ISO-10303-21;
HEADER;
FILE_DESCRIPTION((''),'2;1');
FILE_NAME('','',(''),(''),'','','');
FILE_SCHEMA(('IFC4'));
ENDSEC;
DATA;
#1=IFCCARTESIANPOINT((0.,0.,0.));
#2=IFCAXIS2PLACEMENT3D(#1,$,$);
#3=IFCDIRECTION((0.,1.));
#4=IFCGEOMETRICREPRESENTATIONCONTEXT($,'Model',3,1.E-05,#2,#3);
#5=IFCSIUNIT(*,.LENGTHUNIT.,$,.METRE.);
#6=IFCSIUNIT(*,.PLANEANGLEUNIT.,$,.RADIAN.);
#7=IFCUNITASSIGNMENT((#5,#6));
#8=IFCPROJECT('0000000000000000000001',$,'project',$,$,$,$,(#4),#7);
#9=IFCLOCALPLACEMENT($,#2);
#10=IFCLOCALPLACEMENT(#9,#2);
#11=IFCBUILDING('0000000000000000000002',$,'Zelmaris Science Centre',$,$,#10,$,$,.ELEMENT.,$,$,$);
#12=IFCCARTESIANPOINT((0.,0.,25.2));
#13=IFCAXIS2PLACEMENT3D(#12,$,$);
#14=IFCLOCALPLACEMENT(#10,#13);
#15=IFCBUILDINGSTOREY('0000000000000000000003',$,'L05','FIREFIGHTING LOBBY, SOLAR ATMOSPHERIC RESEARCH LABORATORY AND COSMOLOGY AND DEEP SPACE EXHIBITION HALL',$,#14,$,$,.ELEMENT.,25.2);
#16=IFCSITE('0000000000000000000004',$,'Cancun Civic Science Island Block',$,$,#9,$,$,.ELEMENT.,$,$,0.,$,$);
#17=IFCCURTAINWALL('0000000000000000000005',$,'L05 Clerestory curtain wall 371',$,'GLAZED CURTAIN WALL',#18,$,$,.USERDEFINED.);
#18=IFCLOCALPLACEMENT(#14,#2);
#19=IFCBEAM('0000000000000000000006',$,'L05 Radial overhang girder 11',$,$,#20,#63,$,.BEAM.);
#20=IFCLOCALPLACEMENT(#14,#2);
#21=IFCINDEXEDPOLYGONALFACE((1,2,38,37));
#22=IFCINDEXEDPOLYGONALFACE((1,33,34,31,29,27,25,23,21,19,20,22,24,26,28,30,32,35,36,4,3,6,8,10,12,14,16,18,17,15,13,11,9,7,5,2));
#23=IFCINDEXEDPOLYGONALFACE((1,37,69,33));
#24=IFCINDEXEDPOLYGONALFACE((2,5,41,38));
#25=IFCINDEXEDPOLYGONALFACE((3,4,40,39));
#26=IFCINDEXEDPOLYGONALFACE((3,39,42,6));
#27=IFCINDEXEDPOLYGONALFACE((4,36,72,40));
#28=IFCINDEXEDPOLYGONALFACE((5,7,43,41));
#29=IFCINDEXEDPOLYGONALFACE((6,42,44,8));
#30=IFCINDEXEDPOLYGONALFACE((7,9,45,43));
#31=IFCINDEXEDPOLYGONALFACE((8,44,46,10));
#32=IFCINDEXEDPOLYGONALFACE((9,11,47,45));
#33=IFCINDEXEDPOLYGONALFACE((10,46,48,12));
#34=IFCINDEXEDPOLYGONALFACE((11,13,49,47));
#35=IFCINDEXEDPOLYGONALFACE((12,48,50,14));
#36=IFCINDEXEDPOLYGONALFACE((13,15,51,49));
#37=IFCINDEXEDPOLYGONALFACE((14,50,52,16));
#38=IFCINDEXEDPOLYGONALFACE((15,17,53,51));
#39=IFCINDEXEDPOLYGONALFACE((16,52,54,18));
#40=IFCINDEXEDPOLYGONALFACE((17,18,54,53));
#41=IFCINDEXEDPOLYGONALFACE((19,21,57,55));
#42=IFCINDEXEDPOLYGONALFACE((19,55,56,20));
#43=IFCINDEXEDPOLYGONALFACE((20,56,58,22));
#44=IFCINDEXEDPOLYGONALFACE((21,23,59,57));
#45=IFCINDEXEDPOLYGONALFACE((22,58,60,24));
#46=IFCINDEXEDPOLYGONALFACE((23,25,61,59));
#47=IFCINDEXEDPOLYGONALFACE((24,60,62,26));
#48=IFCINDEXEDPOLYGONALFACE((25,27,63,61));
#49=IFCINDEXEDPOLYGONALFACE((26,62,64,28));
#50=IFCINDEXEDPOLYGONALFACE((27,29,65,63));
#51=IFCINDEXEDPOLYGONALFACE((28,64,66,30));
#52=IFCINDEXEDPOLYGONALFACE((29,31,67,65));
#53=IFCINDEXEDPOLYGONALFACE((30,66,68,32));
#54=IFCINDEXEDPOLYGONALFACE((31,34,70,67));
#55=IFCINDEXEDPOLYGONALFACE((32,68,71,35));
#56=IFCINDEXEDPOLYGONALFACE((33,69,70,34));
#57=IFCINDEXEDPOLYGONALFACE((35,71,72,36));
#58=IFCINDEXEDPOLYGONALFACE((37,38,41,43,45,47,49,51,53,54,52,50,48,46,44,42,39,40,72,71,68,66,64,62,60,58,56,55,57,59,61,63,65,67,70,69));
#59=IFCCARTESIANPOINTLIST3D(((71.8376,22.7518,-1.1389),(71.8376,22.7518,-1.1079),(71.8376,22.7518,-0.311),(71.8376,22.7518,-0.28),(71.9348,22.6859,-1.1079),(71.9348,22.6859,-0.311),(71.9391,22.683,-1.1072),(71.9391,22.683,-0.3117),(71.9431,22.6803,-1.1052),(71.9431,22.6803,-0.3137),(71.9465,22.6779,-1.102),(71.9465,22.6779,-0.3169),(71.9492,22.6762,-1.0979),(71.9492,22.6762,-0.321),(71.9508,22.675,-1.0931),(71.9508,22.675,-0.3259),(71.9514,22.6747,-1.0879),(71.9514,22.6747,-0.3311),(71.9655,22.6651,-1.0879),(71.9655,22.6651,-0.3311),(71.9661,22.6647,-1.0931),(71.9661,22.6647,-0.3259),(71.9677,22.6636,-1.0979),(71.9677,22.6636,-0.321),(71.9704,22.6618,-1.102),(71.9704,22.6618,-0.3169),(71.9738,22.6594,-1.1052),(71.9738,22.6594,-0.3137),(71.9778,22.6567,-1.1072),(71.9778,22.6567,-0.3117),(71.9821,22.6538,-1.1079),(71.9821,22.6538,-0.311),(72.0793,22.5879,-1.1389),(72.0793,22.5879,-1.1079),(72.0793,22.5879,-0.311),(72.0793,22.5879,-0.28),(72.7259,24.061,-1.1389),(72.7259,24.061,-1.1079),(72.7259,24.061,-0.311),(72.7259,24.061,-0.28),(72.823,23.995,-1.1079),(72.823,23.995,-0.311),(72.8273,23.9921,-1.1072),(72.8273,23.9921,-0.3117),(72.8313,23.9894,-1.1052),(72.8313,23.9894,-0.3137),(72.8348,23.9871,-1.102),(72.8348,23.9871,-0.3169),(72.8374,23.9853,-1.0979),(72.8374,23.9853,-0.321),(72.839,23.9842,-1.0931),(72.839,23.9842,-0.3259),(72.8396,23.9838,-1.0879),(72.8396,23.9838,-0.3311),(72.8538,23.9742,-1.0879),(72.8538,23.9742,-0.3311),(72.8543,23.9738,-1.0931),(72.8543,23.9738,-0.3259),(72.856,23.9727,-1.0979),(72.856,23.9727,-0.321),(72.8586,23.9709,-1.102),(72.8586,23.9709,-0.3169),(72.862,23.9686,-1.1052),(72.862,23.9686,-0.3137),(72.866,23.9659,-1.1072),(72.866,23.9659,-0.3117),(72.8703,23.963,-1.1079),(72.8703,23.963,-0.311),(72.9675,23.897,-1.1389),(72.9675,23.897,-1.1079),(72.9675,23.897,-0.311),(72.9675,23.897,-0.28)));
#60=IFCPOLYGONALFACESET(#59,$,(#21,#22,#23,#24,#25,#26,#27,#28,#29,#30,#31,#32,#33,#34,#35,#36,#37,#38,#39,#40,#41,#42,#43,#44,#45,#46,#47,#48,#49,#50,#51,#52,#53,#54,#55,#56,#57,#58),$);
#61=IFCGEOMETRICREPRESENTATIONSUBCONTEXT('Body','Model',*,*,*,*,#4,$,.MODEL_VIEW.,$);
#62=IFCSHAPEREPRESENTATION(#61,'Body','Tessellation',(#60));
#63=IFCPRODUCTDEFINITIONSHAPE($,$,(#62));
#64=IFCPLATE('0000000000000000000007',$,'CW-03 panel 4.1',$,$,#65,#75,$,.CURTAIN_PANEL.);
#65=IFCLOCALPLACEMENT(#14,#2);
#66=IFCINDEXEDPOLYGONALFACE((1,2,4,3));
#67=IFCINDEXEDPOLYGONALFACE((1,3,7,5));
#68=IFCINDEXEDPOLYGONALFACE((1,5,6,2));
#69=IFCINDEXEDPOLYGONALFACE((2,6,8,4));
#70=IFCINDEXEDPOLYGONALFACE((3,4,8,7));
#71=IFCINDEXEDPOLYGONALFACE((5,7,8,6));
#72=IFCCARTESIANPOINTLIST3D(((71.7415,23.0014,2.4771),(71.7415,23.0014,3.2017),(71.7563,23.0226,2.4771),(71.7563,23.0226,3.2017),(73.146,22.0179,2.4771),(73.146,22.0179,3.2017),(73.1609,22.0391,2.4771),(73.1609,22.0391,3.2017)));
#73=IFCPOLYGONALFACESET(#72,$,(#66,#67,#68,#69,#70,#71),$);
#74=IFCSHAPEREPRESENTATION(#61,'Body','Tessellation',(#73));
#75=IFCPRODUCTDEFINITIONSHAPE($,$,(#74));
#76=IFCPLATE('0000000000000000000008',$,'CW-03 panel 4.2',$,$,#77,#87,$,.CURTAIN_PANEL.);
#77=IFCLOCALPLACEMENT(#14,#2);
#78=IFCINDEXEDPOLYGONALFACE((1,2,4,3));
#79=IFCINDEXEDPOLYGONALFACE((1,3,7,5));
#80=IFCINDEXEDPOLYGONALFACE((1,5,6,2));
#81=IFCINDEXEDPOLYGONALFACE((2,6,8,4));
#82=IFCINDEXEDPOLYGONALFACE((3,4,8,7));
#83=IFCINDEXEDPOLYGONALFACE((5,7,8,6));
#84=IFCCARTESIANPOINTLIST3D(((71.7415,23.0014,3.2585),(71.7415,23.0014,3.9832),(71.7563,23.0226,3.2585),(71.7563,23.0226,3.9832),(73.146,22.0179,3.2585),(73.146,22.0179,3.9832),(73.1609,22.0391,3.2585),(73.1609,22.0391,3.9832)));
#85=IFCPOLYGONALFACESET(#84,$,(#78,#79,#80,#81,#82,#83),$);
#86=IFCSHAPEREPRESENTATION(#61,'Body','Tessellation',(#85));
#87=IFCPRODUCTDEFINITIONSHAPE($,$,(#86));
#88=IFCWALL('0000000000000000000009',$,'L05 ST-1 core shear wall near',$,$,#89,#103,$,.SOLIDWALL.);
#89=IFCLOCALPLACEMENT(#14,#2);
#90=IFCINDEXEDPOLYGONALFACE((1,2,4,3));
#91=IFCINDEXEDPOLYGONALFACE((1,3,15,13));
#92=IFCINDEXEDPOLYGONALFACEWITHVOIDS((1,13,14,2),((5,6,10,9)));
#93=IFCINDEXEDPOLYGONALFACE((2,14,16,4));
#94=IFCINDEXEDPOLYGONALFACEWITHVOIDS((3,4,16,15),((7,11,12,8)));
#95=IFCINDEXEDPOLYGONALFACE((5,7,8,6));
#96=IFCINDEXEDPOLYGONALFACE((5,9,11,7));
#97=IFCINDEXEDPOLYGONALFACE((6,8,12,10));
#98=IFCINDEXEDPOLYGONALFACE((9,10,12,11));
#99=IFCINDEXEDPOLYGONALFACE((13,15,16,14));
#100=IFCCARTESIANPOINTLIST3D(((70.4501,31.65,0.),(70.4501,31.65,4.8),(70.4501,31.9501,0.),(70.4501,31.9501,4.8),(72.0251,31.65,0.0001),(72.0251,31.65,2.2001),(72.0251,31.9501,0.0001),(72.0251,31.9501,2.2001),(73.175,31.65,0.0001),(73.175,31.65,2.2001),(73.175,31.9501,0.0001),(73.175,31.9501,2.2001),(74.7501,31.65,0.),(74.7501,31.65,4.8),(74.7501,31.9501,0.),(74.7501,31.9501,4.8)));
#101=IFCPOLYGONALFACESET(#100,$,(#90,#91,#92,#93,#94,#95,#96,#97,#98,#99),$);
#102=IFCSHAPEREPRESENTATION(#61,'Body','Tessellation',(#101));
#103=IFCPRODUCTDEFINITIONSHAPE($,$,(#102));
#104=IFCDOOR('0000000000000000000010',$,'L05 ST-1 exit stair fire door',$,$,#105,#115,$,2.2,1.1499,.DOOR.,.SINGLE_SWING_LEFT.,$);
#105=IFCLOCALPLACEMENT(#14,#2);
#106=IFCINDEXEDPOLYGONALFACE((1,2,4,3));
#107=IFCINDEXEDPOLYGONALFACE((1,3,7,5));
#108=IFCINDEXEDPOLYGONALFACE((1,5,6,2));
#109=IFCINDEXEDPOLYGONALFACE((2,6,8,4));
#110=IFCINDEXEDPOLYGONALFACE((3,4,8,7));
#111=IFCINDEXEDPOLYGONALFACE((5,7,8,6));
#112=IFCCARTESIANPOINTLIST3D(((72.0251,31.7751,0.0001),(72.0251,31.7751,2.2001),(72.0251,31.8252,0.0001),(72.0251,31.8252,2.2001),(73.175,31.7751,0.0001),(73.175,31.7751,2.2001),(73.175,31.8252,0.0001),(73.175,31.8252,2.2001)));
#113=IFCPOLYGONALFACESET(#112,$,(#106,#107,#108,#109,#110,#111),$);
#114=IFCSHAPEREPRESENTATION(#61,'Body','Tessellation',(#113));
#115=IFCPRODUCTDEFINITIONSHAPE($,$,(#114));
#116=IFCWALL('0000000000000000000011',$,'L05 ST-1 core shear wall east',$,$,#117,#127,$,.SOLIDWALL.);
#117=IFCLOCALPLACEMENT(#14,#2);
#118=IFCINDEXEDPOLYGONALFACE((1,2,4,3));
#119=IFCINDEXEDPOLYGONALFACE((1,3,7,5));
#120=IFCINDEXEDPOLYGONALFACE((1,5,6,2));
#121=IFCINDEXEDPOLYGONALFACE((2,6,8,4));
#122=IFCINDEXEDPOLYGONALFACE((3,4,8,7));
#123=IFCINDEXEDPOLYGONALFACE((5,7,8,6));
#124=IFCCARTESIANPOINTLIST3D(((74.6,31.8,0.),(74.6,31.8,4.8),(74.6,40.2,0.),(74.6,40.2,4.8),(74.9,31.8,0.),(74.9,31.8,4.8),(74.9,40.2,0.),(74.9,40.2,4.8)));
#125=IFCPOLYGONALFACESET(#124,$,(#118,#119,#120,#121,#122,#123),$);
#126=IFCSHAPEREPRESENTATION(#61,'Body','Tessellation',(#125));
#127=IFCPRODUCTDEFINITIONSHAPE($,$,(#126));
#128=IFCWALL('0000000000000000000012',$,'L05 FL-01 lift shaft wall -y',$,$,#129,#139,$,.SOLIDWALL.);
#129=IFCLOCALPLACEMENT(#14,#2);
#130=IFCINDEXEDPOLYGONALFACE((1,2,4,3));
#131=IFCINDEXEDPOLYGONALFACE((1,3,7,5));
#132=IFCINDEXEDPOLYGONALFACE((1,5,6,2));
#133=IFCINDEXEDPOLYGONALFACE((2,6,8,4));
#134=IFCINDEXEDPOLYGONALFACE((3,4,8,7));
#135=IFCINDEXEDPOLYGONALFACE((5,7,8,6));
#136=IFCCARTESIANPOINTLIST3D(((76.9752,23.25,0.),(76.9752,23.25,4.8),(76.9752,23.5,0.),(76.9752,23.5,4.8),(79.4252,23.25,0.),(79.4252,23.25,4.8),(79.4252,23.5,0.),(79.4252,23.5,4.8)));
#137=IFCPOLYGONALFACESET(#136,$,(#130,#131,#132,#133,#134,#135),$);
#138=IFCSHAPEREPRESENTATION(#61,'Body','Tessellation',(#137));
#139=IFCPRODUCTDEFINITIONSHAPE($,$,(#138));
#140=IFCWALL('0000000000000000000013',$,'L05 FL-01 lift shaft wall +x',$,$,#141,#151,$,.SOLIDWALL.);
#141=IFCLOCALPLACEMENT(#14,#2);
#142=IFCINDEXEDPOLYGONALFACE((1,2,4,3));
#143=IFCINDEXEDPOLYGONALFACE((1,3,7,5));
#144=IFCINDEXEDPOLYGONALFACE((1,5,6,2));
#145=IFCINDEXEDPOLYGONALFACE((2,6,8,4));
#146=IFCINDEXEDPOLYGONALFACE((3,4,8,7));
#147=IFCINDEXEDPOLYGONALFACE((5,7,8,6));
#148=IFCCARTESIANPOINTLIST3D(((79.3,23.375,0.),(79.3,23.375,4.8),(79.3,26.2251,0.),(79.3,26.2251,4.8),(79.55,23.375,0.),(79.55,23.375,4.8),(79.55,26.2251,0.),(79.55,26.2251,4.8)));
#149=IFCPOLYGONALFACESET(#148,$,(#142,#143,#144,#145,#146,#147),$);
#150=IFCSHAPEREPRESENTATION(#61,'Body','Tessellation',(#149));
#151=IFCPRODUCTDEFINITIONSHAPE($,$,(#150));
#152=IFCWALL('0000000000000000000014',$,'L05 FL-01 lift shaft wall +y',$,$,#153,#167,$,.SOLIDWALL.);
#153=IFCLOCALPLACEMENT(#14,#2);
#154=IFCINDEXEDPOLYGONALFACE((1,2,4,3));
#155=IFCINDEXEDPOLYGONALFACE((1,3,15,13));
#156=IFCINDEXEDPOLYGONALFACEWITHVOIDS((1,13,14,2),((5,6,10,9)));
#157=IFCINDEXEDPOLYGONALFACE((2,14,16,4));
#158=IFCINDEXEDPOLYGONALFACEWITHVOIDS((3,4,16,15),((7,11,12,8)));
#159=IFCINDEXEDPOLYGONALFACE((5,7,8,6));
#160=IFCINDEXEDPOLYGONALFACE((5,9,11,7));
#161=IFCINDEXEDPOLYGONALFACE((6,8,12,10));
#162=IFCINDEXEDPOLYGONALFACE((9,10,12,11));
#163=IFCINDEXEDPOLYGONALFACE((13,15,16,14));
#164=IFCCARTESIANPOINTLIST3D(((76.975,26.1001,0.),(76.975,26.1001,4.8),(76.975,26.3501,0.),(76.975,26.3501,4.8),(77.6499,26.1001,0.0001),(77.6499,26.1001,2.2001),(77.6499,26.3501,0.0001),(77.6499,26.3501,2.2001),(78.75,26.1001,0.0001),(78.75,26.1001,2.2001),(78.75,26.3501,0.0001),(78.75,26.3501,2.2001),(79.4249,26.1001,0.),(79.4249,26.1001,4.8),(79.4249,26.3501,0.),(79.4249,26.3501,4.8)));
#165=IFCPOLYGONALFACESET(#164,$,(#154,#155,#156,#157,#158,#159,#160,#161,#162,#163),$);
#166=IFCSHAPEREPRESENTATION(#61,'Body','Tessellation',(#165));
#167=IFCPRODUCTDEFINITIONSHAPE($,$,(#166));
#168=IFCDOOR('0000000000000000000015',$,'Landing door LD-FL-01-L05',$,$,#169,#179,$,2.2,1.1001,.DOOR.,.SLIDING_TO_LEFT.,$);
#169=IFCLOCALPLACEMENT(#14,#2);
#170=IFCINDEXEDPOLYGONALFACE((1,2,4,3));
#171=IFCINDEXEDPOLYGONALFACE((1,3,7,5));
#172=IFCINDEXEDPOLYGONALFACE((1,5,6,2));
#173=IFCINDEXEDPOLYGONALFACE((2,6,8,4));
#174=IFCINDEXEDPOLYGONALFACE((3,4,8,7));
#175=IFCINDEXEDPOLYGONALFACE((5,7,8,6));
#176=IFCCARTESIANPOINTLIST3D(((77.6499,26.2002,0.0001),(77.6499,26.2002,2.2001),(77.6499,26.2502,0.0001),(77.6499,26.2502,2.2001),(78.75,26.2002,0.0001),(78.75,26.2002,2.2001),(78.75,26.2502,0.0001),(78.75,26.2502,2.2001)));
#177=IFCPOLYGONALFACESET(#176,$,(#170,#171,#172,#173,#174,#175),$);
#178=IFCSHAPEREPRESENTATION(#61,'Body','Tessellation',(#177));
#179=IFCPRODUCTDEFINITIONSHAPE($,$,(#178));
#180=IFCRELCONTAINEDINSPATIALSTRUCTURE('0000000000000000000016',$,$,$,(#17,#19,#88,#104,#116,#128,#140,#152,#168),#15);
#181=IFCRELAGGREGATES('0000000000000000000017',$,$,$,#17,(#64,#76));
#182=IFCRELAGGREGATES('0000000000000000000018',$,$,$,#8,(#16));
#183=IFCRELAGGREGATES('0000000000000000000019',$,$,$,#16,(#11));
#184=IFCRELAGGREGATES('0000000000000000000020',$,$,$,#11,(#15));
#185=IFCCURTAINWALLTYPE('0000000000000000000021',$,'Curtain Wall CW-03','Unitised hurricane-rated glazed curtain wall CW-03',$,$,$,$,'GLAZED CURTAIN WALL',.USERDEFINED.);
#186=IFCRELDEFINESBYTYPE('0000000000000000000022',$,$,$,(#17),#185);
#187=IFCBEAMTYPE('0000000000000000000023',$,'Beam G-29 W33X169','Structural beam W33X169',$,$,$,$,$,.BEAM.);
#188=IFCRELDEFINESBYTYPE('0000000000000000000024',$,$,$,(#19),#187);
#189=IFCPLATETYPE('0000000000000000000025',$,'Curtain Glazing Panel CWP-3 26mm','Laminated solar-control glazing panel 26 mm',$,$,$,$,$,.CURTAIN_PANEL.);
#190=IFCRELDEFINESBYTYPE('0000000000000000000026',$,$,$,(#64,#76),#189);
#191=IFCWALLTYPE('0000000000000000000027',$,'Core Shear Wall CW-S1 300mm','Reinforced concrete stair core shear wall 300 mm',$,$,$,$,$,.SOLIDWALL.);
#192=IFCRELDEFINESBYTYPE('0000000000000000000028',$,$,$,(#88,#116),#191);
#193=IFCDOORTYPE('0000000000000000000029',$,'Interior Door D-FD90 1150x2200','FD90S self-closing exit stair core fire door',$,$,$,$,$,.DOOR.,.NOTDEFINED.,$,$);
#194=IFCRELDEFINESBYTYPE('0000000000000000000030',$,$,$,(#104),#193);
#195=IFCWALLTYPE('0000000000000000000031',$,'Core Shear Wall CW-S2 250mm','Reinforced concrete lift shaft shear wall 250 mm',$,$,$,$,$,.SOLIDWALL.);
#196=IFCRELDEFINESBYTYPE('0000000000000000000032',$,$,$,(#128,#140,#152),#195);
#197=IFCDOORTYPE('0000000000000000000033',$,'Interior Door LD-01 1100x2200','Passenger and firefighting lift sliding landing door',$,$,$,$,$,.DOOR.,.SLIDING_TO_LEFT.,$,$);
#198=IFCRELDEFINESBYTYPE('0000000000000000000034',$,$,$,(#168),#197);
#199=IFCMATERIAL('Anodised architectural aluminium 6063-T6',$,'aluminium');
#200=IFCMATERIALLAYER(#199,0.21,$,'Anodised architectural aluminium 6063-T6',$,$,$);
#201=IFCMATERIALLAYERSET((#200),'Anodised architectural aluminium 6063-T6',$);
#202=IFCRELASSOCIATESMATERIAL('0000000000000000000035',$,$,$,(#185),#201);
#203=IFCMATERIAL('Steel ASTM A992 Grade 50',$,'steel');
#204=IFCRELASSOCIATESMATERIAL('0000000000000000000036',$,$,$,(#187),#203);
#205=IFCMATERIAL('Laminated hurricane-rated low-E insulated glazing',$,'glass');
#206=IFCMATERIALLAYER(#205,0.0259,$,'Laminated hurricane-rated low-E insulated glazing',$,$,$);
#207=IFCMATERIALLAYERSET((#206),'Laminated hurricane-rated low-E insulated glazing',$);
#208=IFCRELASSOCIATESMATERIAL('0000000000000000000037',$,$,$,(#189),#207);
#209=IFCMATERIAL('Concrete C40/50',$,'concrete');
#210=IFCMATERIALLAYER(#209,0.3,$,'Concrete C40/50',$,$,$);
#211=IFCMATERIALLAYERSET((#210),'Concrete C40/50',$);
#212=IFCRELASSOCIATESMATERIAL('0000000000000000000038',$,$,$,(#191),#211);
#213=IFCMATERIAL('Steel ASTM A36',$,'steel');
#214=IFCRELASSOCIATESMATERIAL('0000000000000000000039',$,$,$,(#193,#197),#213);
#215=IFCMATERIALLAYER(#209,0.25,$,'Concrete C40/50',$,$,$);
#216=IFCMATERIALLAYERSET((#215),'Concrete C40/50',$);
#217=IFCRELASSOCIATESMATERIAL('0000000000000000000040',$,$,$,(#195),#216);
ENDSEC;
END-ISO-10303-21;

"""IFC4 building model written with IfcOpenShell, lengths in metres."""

from ifc_helpers import new_model, si_unit, direction, frame, frame_2d, origin, origin_2d, place, context, subcontext, project, spatial, rectangle, i_section, extrude, material, layer, layer_set, material_profile, profile_set, type_object, element, fill, aggregate, save


model = new_model("IFC4")

# Units and contexts
model_context = context("Model", 3, precision=1e-05, world=origin(), true_north=direction((0.0, 1.0)))
body_context = subcontext(model_context, "Body", "Model", "MODEL_VIEW")
ifc_project = project(units=[si_unit("LENGTHUNIT", "METRE"), si_unit("PLANEANGLEUNIT", "RADIAN")], contexts=[model_context])

# Site, building, storey
site_placement = place(None, origin())
site = spatial("IfcSite", under=ifc_project, at=site_placement, Name="Cancun Civic Science Island Block", CompositionType="ELEMENT", RefElevation=0.0)
building_placement = place(site_placement, origin())
building = spatial("IfcBuilding", under=site, at=building_placement, Name="Zelmaris Science Centre", CompositionType="ELEMENT")
storey_placement = place(building_placement, frame((0.0, 0.0, 25.2)))
storey = spatial("IfcBuildingStorey", under=building, at=storey_placement, Name="L05", Description="FIREFIGHTING LOBBY, SOLAR ATMOSPHERIC RESEARCH LABORATORY AND COSMOLOGY AND DEEP SPACE EXHIBITION HALL", CompositionType="ELEMENT", Elevation=25.2)

# Curtain wall
ifc_material_1 = material(Name="Anodised architectural aluminium 6063-T6", Category="aluminium")
ifc_layer_1 = layer(ifc_material_1, 0.21, Name="Anodised architectural aluminium 6063-T6")
ifc_layer_set_1 = layer_set([ifc_layer_1], Name="Anodised architectural aluminium 6063-T6")
curtain_wall_type = type_object("IfcCurtainWallType", Name="Curtain Wall CW-03", Description="Unitised hurricane-rated glazed curtain wall CW-03", ElementType="GLAZED CURTAIN WALL", PredefinedType="USERDEFINED", material=ifc_layer_set_1)
curtain_wall_placement = place(storey_placement, origin())
curtain_wall = element("IfcCurtainWall", 1, at=curtain_wall_placement, inside=storey, type_object=curtain_wall_type, Name="L05 Clerestory curtain wall 371", ObjectType="GLAZED CURTAIN WALL", PredefinedType="USERDEFINED")

# Beam
ifc_material_2 = material(Name="Steel ASTM A992 Grade 50", Category="steel")
ifc_material_profile_1 = material_profile(ifc_material_2, i_section(OverallWidth=0.292, OverallDepth=0.8589, WebThickness=0.0171, FlangeThickness=0.031, FilletRadius=0.02, at=origin_2d()), Name="W33X169")
ifc_profile_set_1 = profile_set([ifc_material_profile_1], Name="Steel ASTM A992 Grade 50")
beam_type_1 = type_object("IfcBeamType", Name="Beam G-29 W33X169", Description="Structural beam W33X169", PredefinedType="BEAM", material=ifc_profile_set_1)
beam_1_placement = place(storey_placement, frame((72.8467, 23.979, -0.7095), z_axis=(-0.561449, -0.827512, 0.0), x_axis=(0.827512, -0.561449, 0.0)))
element("IfcBeam", 2, at=beam_1_placement, inside=storey, type_object=beam_type_1, Name="L05 Radial overhang girder 11", PredefinedType="BEAM", context=body_context, shape_type="SweptSolid", body=[
    extrude(i_section(OverallWidth=0.292, OverallDepth=0.8589, WebThickness=0.0171, FlangeThickness=0.031, FilletRadius=0.02, at=origin_2d()), origin(), (0.0, 0.0, 1.0), 1.582),
])

# Plates
ifc_material_3 = material(Name="Laminated hurricane-rated low-E insulated glazing", Category="glass")
ifc_layer_2 = layer(ifc_material_3, 0.0259, Name="Laminated hurricane-rated low-E insulated glazing")
ifc_layer_set_2 = layer_set([ifc_layer_2], Name="Laminated hurricane-rated low-E insulated glazing")
plate_type = type_object("IfcPlateType", Name="Curtain Glazing Panel CWP-3 26mm", Description="Laminated solar-control glazing panel 26 mm", PredefinedType="CURTAIN_PANEL", material=ifc_layer_set_2)
plate_1_placement = place(storey_placement, frame((72.4512, 22.5203, 2.4771), z_axis=(0.0, 0.0, 1.0), x_axis=(-0.819154, 0.573574, 0.0)))
plate_1 = element("IfcPlate", 3, at=plate_1_placement, type_object=plate_type, Name="CW-03 panel 4.1", PredefinedType="CURTAIN_PANEL", context=body_context, shape_type="SweptSolid", body=[
    extrude(rectangle(XDim=1.7146, YDim=0.0259, at=origin_2d()), origin(), (0.0, 0.0, 1.0), 0.7246),
])
plate_2_placement = place(storey_placement, frame((72.4512, 22.5203, 3.2585), z_axis=(0.0, 0.0, 1.0), x_axis=(-0.819154, 0.573574, 0.0)))
plate_2 = element("IfcPlate", 4, at=plate_2_placement, type_object=plate_type, Name="CW-03 panel 4.2", PredefinedType="CURTAIN_PANEL", context=body_context, shape_type="SweptSolid", body=[
    extrude(rectangle(XDim=1.7146, YDim=0.0259, at=origin_2d()), origin(), (0.0, 0.0, 1.0), 0.7246),
])
aggregate(curtain_wall, [plate_1, plate_2])

# Wall, opening, door
ifc_material_4 = material(Name="Concrete C40/50", Category="concrete")
ifc_layer_3 = layer(ifc_material_4, 0.3, Name="Concrete C40/50")
ifc_layer_set_3 = layer_set([ifc_layer_3], Name="Concrete C40/50")
wall_type_1 = type_object("IfcWallType", Name="Core Shear Wall CW-S1 300mm", Description="Reinforced concrete stair core shear wall 300 mm", PredefinedType="SOLIDWALL", material=ifc_layer_set_3)
wall_1_placement = place(storey_placement, frame((74.75, 31.8, 0.0), z_axis=(0.0, 0.0, 1.0), x_axis=(-1.0, 0.0, 0.0)))
wall_1 = element("IfcWall", 5, at=wall_1_placement, inside=storey, type_object=wall_type_1, Name="L05 ST-1 core shear wall near", PredefinedType="SOLIDWALL", context=body_context, shape_type="SweptSolid", body=[
    extrude(rectangle(XDim=4.3, YDim=0.3, at=frame_2d((2.1499, 0.0))), origin(), (0.0, 0.0, 1.0), 4.8),
])
opening_1_placement = place(wall_1_placement, frame((1.575, 0.0, 0.0)))
opening_1 = element("IfcOpeningElement", 6, at=opening_1_placement, cuts=wall_1, PredefinedType="OPENING", context=body_context, shape_type="SweptSolid", body=[
    extrude(rectangle(XDim=1.1499, YDim=2.2, at=frame_2d((0.575, 1.1001))), frame((0.0, 0.1599, 0.0), z_axis=(0.0, -1.0, 0.0), x_axis=(1.0, 0.0, 0.0)), (0.0, 0.0, 1.0), 0.3201),
])
ifc_material_5 = material(Name="Steel ASTM A36", Category="steel")
door_type_1 = type_object("IfcDoorType", Name="Interior Door D-FD90 1150x2200", Description="FD90S self-closing exit stair core fire door", OperationType="NOTDEFINED", PredefinedType="DOOR", material=ifc_material_5)
door_1_placement = place(opening_1_placement, origin())
door_1 = element("IfcDoor", 7, at=door_1_placement, inside=storey, type_object=door_type_1, Name="L05 ST-1 exit stair fire door", OperationType="SINGLE_SWING_LEFT", OverallHeight=2.2, OverallWidth=1.1499, PredefinedType="DOOR", context=body_context, shape_type="SweptSolid", body=[
    extrude(rectangle(XDim=1.1499, YDim=2.2, at=frame_2d((0.575, 1.1001))), frame((0.0, 0.0249, 0.0), z_axis=(0.0, -1.0, 0.0), x_axis=(1.0, 0.0, 0.0)), (0.0, 0.0, 1.0), 0.05),
])
fill(opening_1, door_1)

# Walls
wall_2_placement = place(storey_placement, frame((74.75, 31.8, 0.0), z_axis=(0.0, 0.0, 1.0), x_axis=(0.0, 1.0, 0.0)))
element("IfcWall", 8, at=wall_2_placement, inside=storey, type_object=wall_type_1, Name="L05 ST-1 core shear wall east", PredefinedType="SOLIDWALL", context=body_context, shape_type="SweptSolid", body=[
    extrude(rectangle(XDim=8.3999, YDim=0.3, at=frame_2d((4.2, 0.0))), origin(), (0.0, 0.0, 1.0), 4.8),
])
ifc_layer_4 = layer(ifc_material_4, 0.25, Name="Concrete C40/50")
ifc_layer_set_4 = layer_set([ifc_layer_4], Name="Concrete C40/50")
wall_type_2 = type_object("IfcWallType", Name="Core Shear Wall CW-S2 250mm", Description="Reinforced concrete lift shaft shear wall 250 mm", PredefinedType="SOLIDWALL", material=ifc_layer_set_4)
wall_3_placement = place(storey_placement, frame((76.9751, 23.375, 0.0), z_axis=(0.0, 0.0, 1.0), x_axis=(1.0, 0.0, 0.0)))
element("IfcWall", 9, at=wall_3_placement, inside=storey, type_object=wall_type_2, Name="L05 FL-01 lift shaft wall -y", PredefinedType="SOLIDWALL", context=body_context, shape_type="SweptSolid", body=[
    extrude(rectangle(XDim=2.45, YDim=0.25, at=frame_2d((1.2251, 0.0))), origin(), (0.0, 0.0, 1.0), 4.8),
])
wall_4_placement = place(storey_placement, frame((79.425, 23.375, 0.0), z_axis=(0.0, 0.0, 1.0), x_axis=(0.0, 1.0, 0.0)))
element("IfcWall", 10, at=wall_4_placement, inside=storey, type_object=wall_type_2, Name="L05 FL-01 lift shaft wall +x", PredefinedType="SOLIDWALL", context=body_context, shape_type="SweptSolid", body=[
    extrude(rectangle(XDim=2.8501, YDim=0.25, at=frame_2d((1.425, 0.0))), origin(), (0.0, 0.0, 1.0), 4.8),
])

# Wall, opening, door
wall_5_placement = place(storey_placement, frame((79.425, 26.2251, 0.0), z_axis=(0.0, 0.0, 1.0), x_axis=(-1.0, 0.0, 0.0)))
wall_5 = element("IfcWall", 11, at=wall_5_placement, inside=storey, type_object=wall_type_2, Name="L05 FL-01 lift shaft wall +y", PredefinedType="SOLIDWALL", context=body_context, shape_type="SweptSolid", body=[
    extrude(rectangle(XDim=2.45, YDim=0.25, at=frame_2d((1.2251, 0.0))), origin(), (0.0, 0.0, 1.0), 4.8),
])
opening_2_placement = place(wall_5_placement, frame((0.675, 0.0, 0.0)))
opening_2 = element("IfcOpeningElement", 12, at=opening_2_placement, cuts=wall_5, PredefinedType="OPENING", context=body_context, shape_type="SweptSolid", body=[
    extrude(rectangle(XDim=1.1001, YDim=2.2, at=frame_2d((0.55, 1.1001))), frame((0.0, 0.135, 0.0), z_axis=(0.0, -1.0, 0.0), x_axis=(1.0, 0.0, 0.0)), (0.0, 0.0, 1.0), 0.27),
])
door_type_2 = type_object("IfcDoorType", Name="Interior Door LD-01 1100x2200", Description="Passenger and firefighting lift sliding landing door", OperationType="SLIDING_TO_LEFT", PredefinedType="DOOR", material=ifc_material_5)
door_2_placement = place(opening_2_placement, origin())
door_2 = element("IfcDoor", 13, at=door_2_placement, inside=storey, type_object=door_type_2, Name="Landing door LD-FL-01-L05", OperationType="SLIDING_TO_LEFT", OverallHeight=2.2, OverallWidth=1.1001, PredefinedType="DOOR", context=body_context, shape_type="SweptSolid", body=[
    extrude(rectangle(XDim=1.1001, YDim=2.2, at=frame_2d((0.55, 1.1001))), frame((0.0, 0.0249, 0.0), z_axis=(0.0, -1.0, 0.0), x_axis=(1.0, 0.0, 0.0)), (0.0, 0.0, 1.0), 0.05),
])
fill(opening_2, door_2)

save(model, "model.ifc")
